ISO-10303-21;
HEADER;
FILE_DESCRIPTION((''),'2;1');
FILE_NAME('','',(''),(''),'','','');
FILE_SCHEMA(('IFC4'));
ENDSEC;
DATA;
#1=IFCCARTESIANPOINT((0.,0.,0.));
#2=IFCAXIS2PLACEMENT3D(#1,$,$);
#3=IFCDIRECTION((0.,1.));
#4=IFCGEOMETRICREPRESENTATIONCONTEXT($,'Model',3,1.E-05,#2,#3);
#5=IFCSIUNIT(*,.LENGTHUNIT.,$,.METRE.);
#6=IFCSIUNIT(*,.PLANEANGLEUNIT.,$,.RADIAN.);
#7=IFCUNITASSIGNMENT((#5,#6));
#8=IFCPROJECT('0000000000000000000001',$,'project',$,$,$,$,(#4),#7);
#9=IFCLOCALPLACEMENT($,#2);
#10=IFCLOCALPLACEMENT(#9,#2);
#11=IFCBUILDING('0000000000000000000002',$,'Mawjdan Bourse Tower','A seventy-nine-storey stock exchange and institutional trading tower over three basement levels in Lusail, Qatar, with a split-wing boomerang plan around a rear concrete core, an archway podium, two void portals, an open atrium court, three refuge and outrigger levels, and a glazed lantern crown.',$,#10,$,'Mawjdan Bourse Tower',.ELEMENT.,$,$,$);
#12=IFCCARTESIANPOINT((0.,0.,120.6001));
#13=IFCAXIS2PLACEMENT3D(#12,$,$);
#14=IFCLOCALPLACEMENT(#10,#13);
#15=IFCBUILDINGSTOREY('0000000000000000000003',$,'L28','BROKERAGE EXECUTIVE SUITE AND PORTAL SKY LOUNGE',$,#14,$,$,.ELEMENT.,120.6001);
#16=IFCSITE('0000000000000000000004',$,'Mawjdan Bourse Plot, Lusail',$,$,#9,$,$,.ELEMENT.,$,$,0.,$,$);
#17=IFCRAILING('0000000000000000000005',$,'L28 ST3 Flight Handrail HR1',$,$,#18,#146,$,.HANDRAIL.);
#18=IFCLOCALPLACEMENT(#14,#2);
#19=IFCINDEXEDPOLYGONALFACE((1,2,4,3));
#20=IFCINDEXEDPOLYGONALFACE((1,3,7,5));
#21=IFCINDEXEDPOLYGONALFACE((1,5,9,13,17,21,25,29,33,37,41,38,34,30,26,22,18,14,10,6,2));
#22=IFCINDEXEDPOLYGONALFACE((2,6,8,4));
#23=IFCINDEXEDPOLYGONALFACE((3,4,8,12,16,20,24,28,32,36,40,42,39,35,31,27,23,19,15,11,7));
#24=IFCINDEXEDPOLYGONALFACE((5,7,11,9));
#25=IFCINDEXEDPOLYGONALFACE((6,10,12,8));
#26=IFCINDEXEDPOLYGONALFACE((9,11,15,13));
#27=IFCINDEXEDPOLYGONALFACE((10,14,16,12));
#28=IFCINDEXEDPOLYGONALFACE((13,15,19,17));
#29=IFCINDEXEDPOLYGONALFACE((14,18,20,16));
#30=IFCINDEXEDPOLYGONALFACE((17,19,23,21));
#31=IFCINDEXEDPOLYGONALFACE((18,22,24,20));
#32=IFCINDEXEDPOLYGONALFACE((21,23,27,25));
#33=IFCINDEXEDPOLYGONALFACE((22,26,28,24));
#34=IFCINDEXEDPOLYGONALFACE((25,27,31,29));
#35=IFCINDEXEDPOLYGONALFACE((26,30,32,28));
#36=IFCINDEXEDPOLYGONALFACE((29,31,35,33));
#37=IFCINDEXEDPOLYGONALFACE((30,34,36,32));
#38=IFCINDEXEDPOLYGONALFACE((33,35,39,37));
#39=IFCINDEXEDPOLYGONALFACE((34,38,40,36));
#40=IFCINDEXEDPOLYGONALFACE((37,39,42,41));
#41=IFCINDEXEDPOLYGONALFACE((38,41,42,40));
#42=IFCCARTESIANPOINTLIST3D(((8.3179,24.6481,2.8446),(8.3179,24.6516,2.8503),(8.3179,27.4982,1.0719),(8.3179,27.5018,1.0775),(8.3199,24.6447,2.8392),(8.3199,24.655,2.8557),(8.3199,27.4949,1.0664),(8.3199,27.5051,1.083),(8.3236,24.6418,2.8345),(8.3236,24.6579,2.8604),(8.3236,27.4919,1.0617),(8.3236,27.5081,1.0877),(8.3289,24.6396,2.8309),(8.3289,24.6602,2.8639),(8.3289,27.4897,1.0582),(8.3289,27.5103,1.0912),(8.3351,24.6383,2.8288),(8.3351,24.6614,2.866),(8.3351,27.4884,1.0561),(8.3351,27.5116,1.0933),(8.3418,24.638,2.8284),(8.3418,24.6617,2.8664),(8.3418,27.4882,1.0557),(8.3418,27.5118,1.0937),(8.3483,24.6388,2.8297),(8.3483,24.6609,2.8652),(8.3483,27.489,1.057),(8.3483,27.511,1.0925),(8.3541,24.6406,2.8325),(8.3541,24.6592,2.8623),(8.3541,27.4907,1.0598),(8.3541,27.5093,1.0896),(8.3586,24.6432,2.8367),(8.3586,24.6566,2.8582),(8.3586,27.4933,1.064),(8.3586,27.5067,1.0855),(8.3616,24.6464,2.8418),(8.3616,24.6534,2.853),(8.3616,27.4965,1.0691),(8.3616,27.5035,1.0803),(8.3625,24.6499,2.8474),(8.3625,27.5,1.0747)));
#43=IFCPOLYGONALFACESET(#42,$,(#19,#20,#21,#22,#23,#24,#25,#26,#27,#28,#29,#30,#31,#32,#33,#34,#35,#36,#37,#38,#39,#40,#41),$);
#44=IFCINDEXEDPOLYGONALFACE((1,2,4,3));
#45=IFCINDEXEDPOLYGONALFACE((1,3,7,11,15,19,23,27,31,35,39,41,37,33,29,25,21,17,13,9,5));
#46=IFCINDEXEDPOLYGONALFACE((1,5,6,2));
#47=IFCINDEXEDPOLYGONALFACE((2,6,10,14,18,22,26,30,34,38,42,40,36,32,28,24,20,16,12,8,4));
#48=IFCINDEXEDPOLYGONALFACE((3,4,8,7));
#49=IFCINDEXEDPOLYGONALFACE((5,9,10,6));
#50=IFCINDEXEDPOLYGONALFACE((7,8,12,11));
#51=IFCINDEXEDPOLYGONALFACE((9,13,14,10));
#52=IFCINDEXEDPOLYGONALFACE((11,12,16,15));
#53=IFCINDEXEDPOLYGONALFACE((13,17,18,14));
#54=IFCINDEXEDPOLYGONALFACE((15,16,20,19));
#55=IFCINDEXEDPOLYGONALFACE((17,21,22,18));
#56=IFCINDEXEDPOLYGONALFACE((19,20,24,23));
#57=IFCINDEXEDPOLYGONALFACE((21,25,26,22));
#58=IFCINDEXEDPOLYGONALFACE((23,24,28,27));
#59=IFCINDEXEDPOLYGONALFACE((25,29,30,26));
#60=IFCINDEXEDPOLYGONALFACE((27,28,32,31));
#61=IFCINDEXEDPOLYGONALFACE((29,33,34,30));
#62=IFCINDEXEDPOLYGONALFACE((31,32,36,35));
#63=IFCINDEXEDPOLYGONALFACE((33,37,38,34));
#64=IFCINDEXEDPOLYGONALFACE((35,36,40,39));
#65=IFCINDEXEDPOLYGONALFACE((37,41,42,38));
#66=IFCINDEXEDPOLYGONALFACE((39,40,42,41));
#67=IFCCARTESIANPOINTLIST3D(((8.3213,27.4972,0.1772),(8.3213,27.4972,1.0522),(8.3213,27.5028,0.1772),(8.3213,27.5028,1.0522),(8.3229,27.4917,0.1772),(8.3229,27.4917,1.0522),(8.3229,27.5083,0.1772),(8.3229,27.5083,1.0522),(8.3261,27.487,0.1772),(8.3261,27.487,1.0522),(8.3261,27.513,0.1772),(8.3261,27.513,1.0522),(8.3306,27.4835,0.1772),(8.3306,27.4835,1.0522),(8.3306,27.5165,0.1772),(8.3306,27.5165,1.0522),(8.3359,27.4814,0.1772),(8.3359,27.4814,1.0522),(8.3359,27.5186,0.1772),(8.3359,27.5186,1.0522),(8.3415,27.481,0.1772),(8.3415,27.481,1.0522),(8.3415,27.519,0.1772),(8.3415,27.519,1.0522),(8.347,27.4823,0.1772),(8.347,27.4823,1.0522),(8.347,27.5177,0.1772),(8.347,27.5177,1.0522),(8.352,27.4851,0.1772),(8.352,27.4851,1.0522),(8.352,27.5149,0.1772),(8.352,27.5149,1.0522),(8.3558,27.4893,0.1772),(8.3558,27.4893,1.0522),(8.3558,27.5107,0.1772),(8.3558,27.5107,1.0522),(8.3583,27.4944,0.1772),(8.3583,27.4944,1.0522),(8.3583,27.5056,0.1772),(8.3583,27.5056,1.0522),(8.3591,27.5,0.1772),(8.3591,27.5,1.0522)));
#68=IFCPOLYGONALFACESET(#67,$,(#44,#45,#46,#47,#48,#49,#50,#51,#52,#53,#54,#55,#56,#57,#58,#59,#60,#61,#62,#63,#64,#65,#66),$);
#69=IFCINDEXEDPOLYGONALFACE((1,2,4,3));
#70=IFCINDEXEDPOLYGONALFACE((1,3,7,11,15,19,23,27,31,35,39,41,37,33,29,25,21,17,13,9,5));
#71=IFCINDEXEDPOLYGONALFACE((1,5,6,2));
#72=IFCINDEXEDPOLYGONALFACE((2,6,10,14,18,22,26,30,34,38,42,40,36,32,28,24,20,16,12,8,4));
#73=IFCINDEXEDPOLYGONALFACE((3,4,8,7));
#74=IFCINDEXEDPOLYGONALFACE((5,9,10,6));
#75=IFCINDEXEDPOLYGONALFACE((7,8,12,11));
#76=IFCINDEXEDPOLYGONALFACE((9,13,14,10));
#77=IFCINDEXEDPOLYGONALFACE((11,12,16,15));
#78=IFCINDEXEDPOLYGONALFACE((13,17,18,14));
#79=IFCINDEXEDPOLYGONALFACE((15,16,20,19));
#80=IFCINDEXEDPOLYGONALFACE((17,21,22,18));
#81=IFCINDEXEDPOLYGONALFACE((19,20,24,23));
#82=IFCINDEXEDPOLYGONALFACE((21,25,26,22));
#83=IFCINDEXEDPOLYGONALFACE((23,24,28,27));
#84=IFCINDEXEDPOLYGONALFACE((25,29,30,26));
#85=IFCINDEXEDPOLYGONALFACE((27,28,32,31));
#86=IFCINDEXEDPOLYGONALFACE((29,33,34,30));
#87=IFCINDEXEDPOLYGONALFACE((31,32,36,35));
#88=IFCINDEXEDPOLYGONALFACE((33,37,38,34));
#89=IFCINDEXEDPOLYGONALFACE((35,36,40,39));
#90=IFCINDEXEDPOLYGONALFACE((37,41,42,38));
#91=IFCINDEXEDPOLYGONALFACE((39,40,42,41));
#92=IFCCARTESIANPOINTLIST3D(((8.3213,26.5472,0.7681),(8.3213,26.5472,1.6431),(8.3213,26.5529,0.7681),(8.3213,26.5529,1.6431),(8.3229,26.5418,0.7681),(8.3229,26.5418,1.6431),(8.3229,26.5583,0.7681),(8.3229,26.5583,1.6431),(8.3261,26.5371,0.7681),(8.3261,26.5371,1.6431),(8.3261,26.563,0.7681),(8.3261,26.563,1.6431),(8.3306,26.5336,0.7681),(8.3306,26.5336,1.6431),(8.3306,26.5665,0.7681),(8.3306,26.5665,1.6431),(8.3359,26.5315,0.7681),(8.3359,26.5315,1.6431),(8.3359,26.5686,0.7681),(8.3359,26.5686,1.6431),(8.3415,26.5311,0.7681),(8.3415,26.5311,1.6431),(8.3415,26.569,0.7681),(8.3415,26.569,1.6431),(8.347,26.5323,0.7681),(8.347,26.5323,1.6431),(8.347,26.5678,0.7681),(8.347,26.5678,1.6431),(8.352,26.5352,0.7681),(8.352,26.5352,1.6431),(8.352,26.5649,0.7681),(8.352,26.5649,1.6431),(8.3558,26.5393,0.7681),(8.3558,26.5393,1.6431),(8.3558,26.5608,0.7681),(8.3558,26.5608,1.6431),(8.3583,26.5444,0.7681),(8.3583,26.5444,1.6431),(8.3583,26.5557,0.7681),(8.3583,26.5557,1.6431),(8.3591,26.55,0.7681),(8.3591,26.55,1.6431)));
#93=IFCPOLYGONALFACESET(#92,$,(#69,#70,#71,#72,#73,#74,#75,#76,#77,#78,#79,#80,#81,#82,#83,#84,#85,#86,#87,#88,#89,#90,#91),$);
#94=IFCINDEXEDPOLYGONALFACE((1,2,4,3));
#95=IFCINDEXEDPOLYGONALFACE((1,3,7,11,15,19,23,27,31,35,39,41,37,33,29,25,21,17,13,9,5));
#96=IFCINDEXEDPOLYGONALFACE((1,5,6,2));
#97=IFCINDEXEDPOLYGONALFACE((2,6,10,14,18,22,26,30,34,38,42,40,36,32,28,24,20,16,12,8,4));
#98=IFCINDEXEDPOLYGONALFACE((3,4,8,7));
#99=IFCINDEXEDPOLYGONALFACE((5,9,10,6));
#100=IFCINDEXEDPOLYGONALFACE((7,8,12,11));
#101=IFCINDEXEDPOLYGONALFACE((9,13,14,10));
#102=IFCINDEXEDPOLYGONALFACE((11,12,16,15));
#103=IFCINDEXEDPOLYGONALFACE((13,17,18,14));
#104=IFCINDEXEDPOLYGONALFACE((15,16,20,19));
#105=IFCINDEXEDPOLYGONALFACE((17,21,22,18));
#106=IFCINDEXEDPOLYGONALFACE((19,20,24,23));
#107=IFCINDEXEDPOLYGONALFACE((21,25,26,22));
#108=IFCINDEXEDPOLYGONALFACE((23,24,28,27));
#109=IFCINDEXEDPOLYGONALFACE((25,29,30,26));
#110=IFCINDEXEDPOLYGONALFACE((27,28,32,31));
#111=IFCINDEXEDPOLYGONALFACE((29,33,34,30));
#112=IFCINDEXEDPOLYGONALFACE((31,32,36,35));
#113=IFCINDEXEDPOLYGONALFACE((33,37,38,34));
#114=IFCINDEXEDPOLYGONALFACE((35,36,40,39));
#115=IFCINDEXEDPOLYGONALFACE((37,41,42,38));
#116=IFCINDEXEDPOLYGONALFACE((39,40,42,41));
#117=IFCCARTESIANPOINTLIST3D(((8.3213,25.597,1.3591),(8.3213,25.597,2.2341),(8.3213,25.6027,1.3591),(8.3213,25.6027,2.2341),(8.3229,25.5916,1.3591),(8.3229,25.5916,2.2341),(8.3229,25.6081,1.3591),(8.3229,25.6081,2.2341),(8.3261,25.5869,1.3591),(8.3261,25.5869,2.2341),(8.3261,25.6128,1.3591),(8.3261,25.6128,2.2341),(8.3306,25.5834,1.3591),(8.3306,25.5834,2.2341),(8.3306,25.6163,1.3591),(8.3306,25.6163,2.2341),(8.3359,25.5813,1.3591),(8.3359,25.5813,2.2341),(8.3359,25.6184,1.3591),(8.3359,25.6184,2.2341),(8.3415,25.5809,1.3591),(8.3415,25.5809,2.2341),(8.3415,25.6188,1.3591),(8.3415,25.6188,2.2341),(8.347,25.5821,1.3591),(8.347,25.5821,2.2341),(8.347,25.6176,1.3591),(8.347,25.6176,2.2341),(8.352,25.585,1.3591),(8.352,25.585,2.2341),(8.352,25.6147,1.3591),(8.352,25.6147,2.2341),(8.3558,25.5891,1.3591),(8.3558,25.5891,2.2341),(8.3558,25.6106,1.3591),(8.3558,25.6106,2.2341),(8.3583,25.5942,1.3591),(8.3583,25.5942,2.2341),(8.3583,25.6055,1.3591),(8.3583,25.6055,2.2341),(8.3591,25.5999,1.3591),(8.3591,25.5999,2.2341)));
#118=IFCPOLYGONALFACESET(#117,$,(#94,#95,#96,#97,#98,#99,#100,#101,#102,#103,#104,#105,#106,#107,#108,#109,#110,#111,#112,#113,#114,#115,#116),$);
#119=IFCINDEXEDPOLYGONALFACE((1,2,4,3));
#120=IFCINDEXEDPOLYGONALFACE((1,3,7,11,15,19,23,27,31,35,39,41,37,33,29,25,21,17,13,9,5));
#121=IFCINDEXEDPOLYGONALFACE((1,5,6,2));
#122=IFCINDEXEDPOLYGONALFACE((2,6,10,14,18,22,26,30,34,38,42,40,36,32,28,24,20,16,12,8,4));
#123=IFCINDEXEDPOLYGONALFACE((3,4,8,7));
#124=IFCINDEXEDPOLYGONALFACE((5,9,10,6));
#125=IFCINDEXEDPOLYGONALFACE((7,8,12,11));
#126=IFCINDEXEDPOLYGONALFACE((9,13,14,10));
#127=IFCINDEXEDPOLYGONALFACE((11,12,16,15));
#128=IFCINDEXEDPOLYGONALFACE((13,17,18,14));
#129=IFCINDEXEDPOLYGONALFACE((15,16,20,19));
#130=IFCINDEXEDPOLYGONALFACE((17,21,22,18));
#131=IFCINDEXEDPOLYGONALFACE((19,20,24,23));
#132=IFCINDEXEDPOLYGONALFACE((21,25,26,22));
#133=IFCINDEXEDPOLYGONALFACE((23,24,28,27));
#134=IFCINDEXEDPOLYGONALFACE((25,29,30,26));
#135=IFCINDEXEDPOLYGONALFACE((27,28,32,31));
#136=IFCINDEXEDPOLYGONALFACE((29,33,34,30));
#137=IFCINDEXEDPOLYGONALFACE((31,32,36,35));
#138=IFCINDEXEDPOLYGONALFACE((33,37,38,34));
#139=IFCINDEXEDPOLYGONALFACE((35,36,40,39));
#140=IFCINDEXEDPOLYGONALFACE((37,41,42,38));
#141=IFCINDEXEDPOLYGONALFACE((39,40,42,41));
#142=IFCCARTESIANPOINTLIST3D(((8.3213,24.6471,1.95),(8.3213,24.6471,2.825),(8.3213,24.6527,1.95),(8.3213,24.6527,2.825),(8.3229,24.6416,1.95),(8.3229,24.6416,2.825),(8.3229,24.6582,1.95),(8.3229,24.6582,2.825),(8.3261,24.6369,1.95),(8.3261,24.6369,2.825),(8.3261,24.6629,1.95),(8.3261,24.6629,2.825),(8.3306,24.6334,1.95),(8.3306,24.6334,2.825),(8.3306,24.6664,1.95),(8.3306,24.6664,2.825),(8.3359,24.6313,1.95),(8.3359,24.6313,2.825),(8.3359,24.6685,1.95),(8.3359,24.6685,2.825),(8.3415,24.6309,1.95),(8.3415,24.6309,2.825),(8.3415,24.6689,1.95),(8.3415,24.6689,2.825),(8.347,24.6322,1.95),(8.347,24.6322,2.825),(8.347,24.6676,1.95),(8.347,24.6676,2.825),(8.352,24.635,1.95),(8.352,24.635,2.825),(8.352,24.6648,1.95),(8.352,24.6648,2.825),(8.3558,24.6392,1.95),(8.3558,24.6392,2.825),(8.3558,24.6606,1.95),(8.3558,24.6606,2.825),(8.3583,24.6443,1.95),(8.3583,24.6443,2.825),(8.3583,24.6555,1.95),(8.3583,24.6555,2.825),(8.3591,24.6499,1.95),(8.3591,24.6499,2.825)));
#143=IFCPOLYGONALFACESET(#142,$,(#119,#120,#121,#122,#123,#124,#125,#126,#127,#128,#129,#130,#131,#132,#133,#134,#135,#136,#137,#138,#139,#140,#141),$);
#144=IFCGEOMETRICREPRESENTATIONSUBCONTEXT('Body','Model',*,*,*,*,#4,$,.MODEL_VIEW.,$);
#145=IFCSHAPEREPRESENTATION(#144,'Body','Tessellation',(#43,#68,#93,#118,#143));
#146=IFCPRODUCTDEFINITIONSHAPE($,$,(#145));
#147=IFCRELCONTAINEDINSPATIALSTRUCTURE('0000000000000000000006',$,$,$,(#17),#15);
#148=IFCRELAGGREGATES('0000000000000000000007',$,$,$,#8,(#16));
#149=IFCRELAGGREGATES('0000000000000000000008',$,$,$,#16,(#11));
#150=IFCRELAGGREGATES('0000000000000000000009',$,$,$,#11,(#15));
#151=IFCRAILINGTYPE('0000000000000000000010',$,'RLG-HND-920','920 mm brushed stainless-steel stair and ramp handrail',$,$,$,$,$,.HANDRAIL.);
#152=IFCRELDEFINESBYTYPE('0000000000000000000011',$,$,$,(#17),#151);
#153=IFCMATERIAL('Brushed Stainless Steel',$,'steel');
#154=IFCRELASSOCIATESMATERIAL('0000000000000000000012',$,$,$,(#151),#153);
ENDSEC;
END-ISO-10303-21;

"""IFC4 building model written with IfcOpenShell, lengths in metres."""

from ifc_helpers import new_model, si_unit, direction, frame, origin, origin_2d, place, context, subcontext, project, spatial, circle, extrude, material, type_object, element, save


model = new_model("IFC4")

# Units and contexts
model_context = context("Model", 3, precision=1e-05, world=origin(), true_north=direction((0.0, 1.0)))
body_context = subcontext(model_context, "Body", "Model", "MODEL_VIEW")
ifc_project = project(units=[si_unit("LENGTHUNIT", "METRE"), si_unit("PLANEANGLEUNIT", "RADIAN")], contexts=[model_context])

# Site, building, storey
site_placement = place(None, origin())
site = spatial("IfcSite", under=ifc_project, at=site_placement, Name="Mawjdan Bourse Plot, Lusail", CompositionType="ELEMENT", RefElevation=0.0)
building_placement = place(site_placement, origin())
building = spatial("IfcBuilding", under=site, at=building_placement, Name="Mawjdan Bourse Tower", Description="A seventy-nine-storey stock exchange and institutional trading tower over three basement levels in Lusail, Qatar, with a split-wing boomerang plan around a rear concrete core, an archway podium, two void portals, an open atrium court, three refuge and outrigger levels, and a glazed lantern crown.", LongName="Mawjdan Bourse Tower", CompositionType="ELEMENT")
storey_placement = place(building_placement, frame((0.0, 0.0, 120.6001)))
storey = spatial("IfcBuildingStorey", under=building, at=storey_placement, Name="L28", Description="BROKERAGE EXECUTIVE SUITE AND PORTAL SKY LOUNGE", CompositionType="ELEMENT", Elevation=120.6001)

# Railing
ifc_material_1 = material(Name="Brushed Stainless Steel", Category="steel")
railing_type_1 = type_object("IfcRailingType", Name="RLG-HND-920", Description="920 mm brushed stainless-steel stair and ramp handrail", PredefinedType="HANDRAIL", material=ifc_material_1)
railing_1_placement = place(storey_placement, frame((8.3401, 27.5, 0.1772)))
element("IfcRailing", 1, at=railing_1_placement, inside=storey, type_object=railing_type_1, Name="L28 ST3 Flight Handrail HR1", PredefinedType="HANDRAIL", context=body_context, shape_type="SweptSolid", body=[
    extrude(circle(Radius=0.0225, at=origin_2d()), frame((0.0, 0.0, 0.8975), z_axis=(0.0, -0.849149, 0.528154), x_axis=(1.0, 0.0, 0.0)), (0.0, 0.0, 1.0), 3.3564),
    extrude(circle(Radius=0.019, at=origin_2d()), origin(), (0.0, 0.0, 1.0), 0.875),
    extrude(circle(Radius=0.019, at=origin_2d()), frame((0.0, -0.95, 0.5908)), (0.0, 0.0, 1.0), 0.875),
    extrude(circle(Radius=0.019, at=origin_2d()), frame((0.0, -1.9001, 1.1819)), (0.0, 0.0, 1.0), 0.875),
    extrude(circle(Radius=0.019, at=origin_2d()), frame((0.0, -2.8501, 1.7727)), (0.0, 0.0, 1.0), 0.875),
])

save(model, "model.ifc")
